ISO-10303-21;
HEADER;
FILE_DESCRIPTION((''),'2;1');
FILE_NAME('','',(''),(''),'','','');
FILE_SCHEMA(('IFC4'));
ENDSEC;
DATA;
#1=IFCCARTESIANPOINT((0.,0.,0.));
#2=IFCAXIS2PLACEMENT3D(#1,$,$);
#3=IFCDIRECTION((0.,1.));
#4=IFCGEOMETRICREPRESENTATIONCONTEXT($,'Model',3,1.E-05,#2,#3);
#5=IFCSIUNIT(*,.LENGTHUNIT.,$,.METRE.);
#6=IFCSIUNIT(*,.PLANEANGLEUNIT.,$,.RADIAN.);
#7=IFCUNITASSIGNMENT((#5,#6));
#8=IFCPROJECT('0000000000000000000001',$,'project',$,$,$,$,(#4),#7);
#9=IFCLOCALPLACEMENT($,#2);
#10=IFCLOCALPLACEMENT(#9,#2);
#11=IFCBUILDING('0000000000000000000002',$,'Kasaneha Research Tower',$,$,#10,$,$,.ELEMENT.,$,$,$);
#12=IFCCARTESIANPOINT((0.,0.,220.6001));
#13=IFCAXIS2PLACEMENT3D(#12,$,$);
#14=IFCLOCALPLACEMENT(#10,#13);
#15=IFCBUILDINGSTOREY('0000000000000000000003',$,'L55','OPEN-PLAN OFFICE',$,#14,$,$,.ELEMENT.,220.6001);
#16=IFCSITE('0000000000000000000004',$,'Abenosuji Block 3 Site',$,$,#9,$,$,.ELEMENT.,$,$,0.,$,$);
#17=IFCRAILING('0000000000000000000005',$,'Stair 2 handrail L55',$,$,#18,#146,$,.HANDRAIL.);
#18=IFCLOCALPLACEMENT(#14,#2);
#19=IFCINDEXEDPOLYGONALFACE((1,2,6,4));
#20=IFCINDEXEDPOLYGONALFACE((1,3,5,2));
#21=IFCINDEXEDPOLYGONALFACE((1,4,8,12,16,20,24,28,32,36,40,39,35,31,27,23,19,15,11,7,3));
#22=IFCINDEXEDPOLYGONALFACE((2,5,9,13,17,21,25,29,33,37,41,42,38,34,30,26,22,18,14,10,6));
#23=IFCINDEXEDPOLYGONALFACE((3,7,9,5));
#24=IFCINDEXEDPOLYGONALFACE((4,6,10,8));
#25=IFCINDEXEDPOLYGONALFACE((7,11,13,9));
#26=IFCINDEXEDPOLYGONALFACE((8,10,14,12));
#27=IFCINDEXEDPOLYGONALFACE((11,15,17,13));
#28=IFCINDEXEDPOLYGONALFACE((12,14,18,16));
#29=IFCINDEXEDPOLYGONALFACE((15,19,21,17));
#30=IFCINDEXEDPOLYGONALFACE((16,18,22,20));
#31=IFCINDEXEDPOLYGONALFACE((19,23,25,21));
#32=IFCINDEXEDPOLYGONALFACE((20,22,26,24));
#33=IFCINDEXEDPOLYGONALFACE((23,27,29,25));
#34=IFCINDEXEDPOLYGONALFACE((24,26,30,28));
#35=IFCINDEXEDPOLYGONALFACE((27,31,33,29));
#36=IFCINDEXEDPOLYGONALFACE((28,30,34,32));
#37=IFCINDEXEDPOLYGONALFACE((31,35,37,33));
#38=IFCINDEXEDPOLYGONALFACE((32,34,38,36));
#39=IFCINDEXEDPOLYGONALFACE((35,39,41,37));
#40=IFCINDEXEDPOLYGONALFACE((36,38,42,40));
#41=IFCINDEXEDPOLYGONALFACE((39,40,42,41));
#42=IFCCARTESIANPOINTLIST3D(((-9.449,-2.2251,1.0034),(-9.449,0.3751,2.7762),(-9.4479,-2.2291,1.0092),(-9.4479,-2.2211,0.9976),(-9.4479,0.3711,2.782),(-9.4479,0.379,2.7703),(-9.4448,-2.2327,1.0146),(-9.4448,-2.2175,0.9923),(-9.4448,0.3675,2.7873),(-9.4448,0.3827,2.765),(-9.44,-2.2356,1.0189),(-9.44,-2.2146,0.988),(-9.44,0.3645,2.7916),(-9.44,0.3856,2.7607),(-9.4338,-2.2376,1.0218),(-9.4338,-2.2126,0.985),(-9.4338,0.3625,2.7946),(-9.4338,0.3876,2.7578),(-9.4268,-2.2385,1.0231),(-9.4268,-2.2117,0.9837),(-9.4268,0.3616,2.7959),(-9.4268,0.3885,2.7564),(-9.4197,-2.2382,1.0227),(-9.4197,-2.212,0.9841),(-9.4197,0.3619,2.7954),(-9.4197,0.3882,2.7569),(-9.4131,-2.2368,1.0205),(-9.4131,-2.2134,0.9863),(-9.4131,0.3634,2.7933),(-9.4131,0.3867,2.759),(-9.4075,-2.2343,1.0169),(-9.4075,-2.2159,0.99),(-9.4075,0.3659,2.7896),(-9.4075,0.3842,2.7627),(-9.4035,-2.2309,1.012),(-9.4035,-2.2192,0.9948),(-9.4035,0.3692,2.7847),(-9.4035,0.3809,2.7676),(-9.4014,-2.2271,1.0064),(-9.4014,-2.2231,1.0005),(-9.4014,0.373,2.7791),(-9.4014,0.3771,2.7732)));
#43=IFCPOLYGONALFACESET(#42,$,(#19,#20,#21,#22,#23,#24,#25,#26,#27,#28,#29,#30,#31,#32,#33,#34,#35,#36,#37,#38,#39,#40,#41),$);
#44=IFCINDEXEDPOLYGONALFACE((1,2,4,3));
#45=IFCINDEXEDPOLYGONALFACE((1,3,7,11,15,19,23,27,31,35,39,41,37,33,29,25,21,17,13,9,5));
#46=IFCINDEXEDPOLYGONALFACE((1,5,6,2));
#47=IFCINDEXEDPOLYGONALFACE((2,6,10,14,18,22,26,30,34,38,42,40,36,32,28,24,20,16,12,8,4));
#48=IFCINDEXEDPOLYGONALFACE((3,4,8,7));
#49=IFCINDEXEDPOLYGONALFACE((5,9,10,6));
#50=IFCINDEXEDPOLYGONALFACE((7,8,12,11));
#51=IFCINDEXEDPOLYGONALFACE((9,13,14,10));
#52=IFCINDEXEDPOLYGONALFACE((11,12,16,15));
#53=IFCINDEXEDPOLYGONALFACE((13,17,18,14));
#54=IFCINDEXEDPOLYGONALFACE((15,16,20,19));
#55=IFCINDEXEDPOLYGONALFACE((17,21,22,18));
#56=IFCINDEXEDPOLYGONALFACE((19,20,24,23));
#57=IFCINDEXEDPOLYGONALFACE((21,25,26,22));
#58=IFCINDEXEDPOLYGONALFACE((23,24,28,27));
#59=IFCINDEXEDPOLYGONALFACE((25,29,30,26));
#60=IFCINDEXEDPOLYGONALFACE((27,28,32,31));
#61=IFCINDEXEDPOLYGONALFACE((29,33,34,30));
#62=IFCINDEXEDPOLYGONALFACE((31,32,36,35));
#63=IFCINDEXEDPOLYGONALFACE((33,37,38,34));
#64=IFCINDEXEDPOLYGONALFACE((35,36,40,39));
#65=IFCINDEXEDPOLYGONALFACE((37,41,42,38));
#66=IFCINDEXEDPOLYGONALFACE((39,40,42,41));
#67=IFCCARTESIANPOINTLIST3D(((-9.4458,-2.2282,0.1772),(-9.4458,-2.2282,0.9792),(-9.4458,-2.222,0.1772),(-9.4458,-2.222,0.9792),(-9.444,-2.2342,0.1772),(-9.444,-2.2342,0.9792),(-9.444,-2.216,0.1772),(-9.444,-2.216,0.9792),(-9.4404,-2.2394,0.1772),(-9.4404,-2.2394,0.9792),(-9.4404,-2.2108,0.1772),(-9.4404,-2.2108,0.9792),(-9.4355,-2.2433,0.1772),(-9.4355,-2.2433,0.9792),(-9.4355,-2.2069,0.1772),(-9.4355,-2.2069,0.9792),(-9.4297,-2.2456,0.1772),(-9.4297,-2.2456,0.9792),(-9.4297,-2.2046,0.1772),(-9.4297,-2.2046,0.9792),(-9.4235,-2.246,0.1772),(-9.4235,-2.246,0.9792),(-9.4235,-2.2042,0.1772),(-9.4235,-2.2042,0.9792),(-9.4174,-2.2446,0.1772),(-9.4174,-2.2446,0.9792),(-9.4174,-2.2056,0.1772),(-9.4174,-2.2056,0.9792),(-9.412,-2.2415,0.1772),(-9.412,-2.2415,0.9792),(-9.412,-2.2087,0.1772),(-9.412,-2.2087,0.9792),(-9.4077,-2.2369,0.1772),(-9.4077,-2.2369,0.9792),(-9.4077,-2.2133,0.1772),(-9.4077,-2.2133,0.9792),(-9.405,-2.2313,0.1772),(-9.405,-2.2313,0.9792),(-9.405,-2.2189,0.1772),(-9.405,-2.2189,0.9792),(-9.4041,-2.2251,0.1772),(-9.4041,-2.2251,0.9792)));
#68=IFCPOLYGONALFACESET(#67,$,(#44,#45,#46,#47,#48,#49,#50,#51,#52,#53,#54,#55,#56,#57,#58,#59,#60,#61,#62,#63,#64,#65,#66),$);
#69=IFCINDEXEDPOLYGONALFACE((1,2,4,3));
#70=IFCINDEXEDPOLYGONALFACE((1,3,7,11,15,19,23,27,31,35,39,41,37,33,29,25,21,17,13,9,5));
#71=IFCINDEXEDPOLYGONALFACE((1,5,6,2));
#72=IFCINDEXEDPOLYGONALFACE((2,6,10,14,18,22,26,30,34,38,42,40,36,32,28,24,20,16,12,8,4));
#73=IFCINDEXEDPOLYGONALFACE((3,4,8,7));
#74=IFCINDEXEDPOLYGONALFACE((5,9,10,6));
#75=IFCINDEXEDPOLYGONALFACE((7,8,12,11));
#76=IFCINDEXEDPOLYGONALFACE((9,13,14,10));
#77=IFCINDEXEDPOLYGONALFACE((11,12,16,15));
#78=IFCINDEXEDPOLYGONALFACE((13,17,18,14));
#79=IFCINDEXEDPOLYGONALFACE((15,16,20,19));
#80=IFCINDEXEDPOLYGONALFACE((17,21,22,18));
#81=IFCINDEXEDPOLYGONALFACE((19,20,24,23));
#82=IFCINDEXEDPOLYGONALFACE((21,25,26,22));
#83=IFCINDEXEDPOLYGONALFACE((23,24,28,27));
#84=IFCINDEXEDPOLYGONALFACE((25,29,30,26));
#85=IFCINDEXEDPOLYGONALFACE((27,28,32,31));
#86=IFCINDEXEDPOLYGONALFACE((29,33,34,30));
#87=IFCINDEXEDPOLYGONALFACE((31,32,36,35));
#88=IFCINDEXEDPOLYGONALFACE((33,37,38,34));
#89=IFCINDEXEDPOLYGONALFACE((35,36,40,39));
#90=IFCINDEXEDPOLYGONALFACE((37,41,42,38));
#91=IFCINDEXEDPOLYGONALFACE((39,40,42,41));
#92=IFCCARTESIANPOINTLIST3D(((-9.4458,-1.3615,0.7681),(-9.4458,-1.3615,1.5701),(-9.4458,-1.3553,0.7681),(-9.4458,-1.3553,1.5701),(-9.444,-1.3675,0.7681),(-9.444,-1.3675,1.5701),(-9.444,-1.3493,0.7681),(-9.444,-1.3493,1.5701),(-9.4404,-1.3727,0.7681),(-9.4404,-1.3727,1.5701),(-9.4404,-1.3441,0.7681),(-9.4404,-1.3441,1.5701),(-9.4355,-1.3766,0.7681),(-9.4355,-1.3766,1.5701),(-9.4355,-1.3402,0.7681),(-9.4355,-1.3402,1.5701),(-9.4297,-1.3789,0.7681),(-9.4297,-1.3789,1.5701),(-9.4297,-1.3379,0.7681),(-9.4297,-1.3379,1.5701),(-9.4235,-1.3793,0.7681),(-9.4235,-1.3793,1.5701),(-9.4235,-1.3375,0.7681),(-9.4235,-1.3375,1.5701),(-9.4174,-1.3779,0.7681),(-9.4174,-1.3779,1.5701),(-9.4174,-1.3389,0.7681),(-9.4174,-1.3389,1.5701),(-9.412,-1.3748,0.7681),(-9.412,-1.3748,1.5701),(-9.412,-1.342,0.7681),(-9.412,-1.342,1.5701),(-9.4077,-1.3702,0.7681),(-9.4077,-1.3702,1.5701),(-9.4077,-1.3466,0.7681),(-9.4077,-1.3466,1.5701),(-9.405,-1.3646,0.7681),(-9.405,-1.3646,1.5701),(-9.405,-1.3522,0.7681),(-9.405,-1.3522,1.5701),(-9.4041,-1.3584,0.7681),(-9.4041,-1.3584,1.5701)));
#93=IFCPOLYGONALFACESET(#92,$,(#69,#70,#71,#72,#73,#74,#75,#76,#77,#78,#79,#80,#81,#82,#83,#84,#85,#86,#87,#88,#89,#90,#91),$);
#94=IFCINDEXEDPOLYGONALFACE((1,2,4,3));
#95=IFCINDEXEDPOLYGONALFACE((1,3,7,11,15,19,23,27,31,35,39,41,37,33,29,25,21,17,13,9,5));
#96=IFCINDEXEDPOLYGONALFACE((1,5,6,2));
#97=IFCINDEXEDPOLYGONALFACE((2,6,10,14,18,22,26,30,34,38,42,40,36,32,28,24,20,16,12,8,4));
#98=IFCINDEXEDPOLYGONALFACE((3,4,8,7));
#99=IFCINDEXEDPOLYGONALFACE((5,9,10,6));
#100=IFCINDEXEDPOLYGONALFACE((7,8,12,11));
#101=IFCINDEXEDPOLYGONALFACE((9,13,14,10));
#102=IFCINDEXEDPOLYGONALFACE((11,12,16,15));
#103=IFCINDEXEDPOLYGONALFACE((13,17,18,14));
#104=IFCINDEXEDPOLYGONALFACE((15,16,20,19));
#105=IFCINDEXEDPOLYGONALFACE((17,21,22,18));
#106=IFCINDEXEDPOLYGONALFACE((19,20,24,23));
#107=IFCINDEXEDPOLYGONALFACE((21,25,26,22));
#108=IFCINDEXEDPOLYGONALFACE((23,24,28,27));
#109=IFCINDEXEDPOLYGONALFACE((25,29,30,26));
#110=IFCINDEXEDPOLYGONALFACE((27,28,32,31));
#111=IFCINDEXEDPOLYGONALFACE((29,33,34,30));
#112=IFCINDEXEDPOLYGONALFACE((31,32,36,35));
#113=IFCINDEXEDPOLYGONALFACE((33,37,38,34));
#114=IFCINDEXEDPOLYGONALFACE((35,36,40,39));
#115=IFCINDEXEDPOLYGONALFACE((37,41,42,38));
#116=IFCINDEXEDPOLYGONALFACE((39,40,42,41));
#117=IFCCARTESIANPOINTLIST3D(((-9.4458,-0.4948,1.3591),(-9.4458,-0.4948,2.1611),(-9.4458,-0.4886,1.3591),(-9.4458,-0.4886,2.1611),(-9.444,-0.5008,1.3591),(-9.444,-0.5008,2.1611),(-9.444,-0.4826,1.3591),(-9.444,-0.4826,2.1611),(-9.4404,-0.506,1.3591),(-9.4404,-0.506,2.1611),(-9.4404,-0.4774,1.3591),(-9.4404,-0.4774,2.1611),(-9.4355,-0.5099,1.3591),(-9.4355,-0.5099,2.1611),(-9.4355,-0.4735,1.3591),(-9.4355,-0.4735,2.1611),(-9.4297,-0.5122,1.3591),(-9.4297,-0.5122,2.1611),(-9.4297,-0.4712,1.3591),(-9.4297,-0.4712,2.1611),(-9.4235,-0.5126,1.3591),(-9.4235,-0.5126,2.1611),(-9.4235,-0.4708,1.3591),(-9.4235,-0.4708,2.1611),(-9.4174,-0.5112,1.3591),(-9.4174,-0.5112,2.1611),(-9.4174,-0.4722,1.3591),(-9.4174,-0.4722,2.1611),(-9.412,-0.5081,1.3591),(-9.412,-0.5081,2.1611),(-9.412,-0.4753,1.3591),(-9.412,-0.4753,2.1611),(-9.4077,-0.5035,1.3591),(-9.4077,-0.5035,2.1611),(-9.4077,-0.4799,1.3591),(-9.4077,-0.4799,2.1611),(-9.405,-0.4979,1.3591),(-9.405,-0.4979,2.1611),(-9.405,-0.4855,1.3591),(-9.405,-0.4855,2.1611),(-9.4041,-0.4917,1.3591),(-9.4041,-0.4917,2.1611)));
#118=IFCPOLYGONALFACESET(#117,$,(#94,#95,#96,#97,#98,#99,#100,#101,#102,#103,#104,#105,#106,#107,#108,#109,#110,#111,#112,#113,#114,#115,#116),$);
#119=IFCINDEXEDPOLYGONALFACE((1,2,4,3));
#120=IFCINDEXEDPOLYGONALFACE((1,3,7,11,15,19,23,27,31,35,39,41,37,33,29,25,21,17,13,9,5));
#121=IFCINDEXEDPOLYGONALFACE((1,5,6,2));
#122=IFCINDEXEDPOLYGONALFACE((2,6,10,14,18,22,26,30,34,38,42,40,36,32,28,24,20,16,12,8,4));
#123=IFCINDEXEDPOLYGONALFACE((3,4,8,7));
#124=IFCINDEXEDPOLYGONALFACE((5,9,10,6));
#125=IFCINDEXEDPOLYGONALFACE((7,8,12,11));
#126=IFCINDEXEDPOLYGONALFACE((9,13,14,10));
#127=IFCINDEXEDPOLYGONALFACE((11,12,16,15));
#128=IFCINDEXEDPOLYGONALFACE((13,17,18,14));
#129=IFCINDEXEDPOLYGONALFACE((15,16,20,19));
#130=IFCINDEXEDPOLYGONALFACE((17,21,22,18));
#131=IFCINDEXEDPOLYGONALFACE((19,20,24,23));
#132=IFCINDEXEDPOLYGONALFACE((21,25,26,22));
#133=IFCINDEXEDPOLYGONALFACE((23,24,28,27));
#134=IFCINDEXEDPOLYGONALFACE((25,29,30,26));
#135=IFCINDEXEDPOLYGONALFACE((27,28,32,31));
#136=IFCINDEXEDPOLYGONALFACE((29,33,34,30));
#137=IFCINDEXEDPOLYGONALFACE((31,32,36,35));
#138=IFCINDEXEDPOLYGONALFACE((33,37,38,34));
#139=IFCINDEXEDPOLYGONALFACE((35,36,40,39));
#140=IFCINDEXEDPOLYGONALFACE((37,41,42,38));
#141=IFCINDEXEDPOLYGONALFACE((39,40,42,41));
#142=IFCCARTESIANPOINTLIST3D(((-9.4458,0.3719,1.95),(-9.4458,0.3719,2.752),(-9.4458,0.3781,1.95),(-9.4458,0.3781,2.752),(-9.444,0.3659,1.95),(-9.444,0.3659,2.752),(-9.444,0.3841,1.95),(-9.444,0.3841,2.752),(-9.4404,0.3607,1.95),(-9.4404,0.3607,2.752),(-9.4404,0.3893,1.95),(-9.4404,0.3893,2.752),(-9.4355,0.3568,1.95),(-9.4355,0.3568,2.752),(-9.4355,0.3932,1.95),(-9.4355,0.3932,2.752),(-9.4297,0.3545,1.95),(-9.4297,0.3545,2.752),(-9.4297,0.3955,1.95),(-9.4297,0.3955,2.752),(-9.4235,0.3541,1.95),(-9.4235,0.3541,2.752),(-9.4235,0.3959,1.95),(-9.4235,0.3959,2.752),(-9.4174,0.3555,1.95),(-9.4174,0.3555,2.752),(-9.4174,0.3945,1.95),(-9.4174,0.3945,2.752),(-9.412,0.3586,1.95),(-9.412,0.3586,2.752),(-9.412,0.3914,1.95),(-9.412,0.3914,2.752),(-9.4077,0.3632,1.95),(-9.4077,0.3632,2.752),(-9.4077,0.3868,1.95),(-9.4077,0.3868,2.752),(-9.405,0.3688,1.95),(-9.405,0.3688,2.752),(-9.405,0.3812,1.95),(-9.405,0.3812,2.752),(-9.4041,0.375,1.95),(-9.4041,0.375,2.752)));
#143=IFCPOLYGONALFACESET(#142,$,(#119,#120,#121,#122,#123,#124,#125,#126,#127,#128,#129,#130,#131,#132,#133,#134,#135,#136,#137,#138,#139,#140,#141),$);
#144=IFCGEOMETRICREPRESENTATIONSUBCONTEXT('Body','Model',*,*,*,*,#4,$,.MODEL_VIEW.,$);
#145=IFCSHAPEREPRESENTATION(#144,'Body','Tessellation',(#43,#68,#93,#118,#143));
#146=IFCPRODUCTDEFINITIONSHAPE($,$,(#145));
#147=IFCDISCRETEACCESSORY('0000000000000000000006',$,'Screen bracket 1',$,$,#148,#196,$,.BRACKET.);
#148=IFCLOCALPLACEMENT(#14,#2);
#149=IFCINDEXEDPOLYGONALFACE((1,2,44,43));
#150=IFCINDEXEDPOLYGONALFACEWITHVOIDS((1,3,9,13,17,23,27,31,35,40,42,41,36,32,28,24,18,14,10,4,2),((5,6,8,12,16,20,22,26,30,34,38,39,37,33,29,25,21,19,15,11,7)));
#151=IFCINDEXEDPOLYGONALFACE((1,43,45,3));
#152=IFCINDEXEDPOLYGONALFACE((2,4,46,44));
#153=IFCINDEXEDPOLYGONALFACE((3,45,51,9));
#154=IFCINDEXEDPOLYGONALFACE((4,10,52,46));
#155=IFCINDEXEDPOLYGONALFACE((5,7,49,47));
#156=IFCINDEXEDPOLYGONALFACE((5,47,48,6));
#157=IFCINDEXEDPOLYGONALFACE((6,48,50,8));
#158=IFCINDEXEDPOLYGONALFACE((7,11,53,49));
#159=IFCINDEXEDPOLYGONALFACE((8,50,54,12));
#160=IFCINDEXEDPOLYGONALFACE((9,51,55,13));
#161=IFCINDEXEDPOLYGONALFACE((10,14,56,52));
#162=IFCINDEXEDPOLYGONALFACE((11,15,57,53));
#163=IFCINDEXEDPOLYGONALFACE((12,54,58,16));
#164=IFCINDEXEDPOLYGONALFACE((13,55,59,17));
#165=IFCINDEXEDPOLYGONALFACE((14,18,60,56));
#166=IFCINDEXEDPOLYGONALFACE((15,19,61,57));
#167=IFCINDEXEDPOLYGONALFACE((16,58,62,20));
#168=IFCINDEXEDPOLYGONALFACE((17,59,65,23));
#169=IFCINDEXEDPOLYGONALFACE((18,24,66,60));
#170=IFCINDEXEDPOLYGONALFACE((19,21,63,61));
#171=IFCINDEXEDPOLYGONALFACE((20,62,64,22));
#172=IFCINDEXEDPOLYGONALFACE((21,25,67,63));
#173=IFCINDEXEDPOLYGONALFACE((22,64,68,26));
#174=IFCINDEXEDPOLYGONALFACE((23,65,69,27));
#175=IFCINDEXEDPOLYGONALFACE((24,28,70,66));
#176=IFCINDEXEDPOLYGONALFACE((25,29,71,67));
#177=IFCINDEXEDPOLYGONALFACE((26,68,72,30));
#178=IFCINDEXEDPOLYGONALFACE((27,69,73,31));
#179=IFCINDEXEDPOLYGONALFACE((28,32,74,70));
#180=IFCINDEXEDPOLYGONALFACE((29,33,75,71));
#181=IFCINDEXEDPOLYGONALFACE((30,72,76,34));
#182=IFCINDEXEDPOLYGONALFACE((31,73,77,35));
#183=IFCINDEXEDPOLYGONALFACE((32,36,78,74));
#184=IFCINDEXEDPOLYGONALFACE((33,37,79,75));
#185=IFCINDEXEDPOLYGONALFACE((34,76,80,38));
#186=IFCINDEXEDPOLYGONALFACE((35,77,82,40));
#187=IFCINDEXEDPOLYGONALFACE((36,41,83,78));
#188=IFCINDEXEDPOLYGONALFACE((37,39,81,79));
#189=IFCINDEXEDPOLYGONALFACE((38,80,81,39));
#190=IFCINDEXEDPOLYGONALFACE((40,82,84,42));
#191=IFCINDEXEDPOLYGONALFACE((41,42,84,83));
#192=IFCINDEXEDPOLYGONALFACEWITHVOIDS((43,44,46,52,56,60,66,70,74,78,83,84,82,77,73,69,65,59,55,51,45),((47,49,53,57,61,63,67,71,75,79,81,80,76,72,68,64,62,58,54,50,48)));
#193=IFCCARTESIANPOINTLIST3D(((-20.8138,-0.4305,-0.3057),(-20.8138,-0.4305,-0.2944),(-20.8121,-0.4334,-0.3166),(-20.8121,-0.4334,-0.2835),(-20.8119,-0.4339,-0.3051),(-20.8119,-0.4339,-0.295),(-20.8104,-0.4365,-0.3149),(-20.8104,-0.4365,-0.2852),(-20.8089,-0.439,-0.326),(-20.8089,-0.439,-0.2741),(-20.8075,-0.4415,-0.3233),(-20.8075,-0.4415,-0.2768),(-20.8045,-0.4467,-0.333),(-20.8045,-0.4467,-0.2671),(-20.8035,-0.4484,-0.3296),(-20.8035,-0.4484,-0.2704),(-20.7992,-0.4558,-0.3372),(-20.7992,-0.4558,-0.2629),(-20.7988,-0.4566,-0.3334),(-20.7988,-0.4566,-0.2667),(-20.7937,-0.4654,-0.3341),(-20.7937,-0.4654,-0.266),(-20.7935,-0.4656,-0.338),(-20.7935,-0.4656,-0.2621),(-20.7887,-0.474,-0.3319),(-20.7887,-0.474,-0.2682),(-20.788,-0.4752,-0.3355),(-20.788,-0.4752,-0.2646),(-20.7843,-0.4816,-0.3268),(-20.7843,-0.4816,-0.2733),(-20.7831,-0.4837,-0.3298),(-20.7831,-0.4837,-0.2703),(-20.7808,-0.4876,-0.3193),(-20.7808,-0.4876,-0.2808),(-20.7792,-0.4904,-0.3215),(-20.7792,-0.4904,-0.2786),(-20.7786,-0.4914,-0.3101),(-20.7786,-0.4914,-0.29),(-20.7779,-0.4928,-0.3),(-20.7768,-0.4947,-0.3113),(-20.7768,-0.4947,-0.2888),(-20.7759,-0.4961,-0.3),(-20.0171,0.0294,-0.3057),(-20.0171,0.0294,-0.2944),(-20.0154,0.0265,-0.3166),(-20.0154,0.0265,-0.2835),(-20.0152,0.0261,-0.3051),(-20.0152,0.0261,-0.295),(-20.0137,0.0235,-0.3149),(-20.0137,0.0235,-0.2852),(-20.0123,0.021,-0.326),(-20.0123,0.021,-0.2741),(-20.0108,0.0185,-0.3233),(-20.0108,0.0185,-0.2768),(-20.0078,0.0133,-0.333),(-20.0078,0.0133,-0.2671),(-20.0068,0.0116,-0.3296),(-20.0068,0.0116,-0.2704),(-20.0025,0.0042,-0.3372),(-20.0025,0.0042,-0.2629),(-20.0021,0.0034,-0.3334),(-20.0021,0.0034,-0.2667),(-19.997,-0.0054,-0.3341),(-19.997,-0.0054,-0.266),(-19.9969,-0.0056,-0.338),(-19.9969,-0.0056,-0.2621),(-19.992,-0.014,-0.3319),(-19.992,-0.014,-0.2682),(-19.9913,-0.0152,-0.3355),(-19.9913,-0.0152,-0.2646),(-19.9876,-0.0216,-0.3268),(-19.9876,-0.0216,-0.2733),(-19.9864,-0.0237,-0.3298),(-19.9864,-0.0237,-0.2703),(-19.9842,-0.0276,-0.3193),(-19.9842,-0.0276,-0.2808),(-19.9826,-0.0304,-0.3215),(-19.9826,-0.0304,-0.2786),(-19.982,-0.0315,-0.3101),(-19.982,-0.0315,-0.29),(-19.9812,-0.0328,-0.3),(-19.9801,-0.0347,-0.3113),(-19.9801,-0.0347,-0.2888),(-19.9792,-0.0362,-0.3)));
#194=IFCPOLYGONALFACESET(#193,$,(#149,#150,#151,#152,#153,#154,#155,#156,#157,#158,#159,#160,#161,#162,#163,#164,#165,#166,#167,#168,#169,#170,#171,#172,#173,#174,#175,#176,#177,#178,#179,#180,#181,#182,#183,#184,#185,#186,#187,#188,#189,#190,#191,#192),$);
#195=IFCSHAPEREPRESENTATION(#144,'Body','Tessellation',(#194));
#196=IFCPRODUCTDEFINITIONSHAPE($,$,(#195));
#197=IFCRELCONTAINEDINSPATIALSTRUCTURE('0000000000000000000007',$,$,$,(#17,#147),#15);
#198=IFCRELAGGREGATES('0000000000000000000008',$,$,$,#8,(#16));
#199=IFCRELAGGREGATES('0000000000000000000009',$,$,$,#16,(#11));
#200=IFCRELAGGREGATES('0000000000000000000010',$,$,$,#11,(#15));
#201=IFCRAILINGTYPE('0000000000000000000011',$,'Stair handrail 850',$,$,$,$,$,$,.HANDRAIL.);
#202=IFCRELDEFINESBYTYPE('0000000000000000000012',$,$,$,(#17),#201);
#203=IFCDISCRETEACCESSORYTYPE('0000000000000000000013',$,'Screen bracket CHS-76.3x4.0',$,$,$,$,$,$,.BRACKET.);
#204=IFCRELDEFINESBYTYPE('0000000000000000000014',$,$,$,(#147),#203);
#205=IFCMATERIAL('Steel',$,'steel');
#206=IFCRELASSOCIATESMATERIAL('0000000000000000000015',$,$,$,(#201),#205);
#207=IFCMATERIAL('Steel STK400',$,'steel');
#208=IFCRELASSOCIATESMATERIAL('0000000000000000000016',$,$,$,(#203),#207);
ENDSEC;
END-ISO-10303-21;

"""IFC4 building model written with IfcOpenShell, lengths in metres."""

from ifc_helpers import new_model, si_unit, direction, frame, origin, origin_2d, place, context, subcontext, project, spatial, circle, hollow_circle, extrude, material, material_profile, profile_set, type_object, element, save


model = new_model("IFC4")

# Units and contexts
model_context = context("Model", 3, precision=1e-05, world=origin(), true_north=direction((0.0, 1.0)))
body_context = subcontext(model_context, "Body", "Model", "MODEL_VIEW")
ifc_project = project(units=[si_unit("LENGTHUNIT", "METRE"), si_unit("PLANEANGLEUNIT", "RADIAN")], contexts=[model_context])

# Site, building, storey
site_placement = place(None, origin())
site = spatial("IfcSite", under=ifc_project, at=site_placement, Name="Abenosuji Block 3 Site", CompositionType="ELEMENT", RefElevation=0.0)
building_placement = place(site_placement, origin())
building = spatial("IfcBuilding", under=site, at=building_placement, Name="Kasaneha Research Tower", CompositionType="ELEMENT")
storey_placement = place(building_placement, frame((0.0, 0.0, 220.6001)))
storey = spatial("IfcBuildingStorey", under=building, at=storey_placement, Name="L55", Description="OPEN-PLAN OFFICE", CompositionType="ELEMENT", Elevation=220.6001)

# Railing
ifc_material_1 = material(Name="Steel", Category="steel")
railing_type = type_object("IfcRailingType", Name="Stair handrail 850", PredefinedType="HANDRAIL", material=ifc_material_1)
railing_placement = place(storey_placement, frame((-9.425, -2.2251, 0.1772)))
element("IfcRailing", 1, at=railing_placement, inside=storey, type_object=railing_type, Name="Stair 2 handrail L55", PredefinedType="HANDRAIL", context=body_context, shape_type="SweptSolid", body=[
    extrude(circle(Radius=0.0239, at=origin_2d()), frame((0.0, 0.0, 0.8262), z_axis=(0.0, 0.82624, 0.563318), x_axis=(-1.0, 0.0, 0.0)), (0.0, 0.0, 1.0), 3.147),
    extrude(circle(Radius=0.021, at=origin_2d()), origin(), (0.0, 0.0, 1.0), 0.802),
    extrude(circle(Radius=0.021, at=origin_2d()), frame((0.0, 0.8667, 0.5908)), (0.0, 0.0, 1.0), 0.802),
    extrude(circle(Radius=0.021, at=origin_2d()), frame((0.0, 1.7334, 1.1819)), (0.0, 0.0, 1.0), 0.802),
    extrude(circle(Radius=0.021, at=origin_2d()), frame((0.0, 2.6001, 1.7727)), (0.0, 0.0, 1.0), 0.802),
])

# Discrete accessory
ifc_material_2 = material(Name="Steel STK400", Category="steel")
ifc_material_profile_1 = material_profile(ifc_material_2, hollow_circle(Radius=0.0381, WallThickness=0.0039, at=origin_2d()), Name="CHS-76.3x4.0")
ifc_profile_set_1 = profile_set([ifc_material_profile_1], Name="Steel STK400")
discrete_accessory_type = type_object("IfcDiscreteAccessoryType", Name="Screen bracket CHS-76.3x4.0", PredefinedType="BRACKET", material=ifc_profile_set_1)
discrete_accessory_placement = place(storey_placement, frame((-19.9983, -0.0032, -0.3), z_axis=(-0.866013, -0.500021, 0.0), x_axis=(0.500021, -0.866013, 0.0)))
element("IfcDiscreteAccessory", 2, at=discrete_accessory_placement, inside=storey, type_object=discrete_accessory_type, Name="Screen bracket 1", PredefinedType="BRACKET", context=body_context, shape_type="SweptSolid", body=[
    extrude(hollow_circle(Radius=0.0381, WallThickness=0.0039, at=origin_2d()), origin(), (0.0, 0.0, 1.0), 0.9199),
])

save(model, "model.ifc")
